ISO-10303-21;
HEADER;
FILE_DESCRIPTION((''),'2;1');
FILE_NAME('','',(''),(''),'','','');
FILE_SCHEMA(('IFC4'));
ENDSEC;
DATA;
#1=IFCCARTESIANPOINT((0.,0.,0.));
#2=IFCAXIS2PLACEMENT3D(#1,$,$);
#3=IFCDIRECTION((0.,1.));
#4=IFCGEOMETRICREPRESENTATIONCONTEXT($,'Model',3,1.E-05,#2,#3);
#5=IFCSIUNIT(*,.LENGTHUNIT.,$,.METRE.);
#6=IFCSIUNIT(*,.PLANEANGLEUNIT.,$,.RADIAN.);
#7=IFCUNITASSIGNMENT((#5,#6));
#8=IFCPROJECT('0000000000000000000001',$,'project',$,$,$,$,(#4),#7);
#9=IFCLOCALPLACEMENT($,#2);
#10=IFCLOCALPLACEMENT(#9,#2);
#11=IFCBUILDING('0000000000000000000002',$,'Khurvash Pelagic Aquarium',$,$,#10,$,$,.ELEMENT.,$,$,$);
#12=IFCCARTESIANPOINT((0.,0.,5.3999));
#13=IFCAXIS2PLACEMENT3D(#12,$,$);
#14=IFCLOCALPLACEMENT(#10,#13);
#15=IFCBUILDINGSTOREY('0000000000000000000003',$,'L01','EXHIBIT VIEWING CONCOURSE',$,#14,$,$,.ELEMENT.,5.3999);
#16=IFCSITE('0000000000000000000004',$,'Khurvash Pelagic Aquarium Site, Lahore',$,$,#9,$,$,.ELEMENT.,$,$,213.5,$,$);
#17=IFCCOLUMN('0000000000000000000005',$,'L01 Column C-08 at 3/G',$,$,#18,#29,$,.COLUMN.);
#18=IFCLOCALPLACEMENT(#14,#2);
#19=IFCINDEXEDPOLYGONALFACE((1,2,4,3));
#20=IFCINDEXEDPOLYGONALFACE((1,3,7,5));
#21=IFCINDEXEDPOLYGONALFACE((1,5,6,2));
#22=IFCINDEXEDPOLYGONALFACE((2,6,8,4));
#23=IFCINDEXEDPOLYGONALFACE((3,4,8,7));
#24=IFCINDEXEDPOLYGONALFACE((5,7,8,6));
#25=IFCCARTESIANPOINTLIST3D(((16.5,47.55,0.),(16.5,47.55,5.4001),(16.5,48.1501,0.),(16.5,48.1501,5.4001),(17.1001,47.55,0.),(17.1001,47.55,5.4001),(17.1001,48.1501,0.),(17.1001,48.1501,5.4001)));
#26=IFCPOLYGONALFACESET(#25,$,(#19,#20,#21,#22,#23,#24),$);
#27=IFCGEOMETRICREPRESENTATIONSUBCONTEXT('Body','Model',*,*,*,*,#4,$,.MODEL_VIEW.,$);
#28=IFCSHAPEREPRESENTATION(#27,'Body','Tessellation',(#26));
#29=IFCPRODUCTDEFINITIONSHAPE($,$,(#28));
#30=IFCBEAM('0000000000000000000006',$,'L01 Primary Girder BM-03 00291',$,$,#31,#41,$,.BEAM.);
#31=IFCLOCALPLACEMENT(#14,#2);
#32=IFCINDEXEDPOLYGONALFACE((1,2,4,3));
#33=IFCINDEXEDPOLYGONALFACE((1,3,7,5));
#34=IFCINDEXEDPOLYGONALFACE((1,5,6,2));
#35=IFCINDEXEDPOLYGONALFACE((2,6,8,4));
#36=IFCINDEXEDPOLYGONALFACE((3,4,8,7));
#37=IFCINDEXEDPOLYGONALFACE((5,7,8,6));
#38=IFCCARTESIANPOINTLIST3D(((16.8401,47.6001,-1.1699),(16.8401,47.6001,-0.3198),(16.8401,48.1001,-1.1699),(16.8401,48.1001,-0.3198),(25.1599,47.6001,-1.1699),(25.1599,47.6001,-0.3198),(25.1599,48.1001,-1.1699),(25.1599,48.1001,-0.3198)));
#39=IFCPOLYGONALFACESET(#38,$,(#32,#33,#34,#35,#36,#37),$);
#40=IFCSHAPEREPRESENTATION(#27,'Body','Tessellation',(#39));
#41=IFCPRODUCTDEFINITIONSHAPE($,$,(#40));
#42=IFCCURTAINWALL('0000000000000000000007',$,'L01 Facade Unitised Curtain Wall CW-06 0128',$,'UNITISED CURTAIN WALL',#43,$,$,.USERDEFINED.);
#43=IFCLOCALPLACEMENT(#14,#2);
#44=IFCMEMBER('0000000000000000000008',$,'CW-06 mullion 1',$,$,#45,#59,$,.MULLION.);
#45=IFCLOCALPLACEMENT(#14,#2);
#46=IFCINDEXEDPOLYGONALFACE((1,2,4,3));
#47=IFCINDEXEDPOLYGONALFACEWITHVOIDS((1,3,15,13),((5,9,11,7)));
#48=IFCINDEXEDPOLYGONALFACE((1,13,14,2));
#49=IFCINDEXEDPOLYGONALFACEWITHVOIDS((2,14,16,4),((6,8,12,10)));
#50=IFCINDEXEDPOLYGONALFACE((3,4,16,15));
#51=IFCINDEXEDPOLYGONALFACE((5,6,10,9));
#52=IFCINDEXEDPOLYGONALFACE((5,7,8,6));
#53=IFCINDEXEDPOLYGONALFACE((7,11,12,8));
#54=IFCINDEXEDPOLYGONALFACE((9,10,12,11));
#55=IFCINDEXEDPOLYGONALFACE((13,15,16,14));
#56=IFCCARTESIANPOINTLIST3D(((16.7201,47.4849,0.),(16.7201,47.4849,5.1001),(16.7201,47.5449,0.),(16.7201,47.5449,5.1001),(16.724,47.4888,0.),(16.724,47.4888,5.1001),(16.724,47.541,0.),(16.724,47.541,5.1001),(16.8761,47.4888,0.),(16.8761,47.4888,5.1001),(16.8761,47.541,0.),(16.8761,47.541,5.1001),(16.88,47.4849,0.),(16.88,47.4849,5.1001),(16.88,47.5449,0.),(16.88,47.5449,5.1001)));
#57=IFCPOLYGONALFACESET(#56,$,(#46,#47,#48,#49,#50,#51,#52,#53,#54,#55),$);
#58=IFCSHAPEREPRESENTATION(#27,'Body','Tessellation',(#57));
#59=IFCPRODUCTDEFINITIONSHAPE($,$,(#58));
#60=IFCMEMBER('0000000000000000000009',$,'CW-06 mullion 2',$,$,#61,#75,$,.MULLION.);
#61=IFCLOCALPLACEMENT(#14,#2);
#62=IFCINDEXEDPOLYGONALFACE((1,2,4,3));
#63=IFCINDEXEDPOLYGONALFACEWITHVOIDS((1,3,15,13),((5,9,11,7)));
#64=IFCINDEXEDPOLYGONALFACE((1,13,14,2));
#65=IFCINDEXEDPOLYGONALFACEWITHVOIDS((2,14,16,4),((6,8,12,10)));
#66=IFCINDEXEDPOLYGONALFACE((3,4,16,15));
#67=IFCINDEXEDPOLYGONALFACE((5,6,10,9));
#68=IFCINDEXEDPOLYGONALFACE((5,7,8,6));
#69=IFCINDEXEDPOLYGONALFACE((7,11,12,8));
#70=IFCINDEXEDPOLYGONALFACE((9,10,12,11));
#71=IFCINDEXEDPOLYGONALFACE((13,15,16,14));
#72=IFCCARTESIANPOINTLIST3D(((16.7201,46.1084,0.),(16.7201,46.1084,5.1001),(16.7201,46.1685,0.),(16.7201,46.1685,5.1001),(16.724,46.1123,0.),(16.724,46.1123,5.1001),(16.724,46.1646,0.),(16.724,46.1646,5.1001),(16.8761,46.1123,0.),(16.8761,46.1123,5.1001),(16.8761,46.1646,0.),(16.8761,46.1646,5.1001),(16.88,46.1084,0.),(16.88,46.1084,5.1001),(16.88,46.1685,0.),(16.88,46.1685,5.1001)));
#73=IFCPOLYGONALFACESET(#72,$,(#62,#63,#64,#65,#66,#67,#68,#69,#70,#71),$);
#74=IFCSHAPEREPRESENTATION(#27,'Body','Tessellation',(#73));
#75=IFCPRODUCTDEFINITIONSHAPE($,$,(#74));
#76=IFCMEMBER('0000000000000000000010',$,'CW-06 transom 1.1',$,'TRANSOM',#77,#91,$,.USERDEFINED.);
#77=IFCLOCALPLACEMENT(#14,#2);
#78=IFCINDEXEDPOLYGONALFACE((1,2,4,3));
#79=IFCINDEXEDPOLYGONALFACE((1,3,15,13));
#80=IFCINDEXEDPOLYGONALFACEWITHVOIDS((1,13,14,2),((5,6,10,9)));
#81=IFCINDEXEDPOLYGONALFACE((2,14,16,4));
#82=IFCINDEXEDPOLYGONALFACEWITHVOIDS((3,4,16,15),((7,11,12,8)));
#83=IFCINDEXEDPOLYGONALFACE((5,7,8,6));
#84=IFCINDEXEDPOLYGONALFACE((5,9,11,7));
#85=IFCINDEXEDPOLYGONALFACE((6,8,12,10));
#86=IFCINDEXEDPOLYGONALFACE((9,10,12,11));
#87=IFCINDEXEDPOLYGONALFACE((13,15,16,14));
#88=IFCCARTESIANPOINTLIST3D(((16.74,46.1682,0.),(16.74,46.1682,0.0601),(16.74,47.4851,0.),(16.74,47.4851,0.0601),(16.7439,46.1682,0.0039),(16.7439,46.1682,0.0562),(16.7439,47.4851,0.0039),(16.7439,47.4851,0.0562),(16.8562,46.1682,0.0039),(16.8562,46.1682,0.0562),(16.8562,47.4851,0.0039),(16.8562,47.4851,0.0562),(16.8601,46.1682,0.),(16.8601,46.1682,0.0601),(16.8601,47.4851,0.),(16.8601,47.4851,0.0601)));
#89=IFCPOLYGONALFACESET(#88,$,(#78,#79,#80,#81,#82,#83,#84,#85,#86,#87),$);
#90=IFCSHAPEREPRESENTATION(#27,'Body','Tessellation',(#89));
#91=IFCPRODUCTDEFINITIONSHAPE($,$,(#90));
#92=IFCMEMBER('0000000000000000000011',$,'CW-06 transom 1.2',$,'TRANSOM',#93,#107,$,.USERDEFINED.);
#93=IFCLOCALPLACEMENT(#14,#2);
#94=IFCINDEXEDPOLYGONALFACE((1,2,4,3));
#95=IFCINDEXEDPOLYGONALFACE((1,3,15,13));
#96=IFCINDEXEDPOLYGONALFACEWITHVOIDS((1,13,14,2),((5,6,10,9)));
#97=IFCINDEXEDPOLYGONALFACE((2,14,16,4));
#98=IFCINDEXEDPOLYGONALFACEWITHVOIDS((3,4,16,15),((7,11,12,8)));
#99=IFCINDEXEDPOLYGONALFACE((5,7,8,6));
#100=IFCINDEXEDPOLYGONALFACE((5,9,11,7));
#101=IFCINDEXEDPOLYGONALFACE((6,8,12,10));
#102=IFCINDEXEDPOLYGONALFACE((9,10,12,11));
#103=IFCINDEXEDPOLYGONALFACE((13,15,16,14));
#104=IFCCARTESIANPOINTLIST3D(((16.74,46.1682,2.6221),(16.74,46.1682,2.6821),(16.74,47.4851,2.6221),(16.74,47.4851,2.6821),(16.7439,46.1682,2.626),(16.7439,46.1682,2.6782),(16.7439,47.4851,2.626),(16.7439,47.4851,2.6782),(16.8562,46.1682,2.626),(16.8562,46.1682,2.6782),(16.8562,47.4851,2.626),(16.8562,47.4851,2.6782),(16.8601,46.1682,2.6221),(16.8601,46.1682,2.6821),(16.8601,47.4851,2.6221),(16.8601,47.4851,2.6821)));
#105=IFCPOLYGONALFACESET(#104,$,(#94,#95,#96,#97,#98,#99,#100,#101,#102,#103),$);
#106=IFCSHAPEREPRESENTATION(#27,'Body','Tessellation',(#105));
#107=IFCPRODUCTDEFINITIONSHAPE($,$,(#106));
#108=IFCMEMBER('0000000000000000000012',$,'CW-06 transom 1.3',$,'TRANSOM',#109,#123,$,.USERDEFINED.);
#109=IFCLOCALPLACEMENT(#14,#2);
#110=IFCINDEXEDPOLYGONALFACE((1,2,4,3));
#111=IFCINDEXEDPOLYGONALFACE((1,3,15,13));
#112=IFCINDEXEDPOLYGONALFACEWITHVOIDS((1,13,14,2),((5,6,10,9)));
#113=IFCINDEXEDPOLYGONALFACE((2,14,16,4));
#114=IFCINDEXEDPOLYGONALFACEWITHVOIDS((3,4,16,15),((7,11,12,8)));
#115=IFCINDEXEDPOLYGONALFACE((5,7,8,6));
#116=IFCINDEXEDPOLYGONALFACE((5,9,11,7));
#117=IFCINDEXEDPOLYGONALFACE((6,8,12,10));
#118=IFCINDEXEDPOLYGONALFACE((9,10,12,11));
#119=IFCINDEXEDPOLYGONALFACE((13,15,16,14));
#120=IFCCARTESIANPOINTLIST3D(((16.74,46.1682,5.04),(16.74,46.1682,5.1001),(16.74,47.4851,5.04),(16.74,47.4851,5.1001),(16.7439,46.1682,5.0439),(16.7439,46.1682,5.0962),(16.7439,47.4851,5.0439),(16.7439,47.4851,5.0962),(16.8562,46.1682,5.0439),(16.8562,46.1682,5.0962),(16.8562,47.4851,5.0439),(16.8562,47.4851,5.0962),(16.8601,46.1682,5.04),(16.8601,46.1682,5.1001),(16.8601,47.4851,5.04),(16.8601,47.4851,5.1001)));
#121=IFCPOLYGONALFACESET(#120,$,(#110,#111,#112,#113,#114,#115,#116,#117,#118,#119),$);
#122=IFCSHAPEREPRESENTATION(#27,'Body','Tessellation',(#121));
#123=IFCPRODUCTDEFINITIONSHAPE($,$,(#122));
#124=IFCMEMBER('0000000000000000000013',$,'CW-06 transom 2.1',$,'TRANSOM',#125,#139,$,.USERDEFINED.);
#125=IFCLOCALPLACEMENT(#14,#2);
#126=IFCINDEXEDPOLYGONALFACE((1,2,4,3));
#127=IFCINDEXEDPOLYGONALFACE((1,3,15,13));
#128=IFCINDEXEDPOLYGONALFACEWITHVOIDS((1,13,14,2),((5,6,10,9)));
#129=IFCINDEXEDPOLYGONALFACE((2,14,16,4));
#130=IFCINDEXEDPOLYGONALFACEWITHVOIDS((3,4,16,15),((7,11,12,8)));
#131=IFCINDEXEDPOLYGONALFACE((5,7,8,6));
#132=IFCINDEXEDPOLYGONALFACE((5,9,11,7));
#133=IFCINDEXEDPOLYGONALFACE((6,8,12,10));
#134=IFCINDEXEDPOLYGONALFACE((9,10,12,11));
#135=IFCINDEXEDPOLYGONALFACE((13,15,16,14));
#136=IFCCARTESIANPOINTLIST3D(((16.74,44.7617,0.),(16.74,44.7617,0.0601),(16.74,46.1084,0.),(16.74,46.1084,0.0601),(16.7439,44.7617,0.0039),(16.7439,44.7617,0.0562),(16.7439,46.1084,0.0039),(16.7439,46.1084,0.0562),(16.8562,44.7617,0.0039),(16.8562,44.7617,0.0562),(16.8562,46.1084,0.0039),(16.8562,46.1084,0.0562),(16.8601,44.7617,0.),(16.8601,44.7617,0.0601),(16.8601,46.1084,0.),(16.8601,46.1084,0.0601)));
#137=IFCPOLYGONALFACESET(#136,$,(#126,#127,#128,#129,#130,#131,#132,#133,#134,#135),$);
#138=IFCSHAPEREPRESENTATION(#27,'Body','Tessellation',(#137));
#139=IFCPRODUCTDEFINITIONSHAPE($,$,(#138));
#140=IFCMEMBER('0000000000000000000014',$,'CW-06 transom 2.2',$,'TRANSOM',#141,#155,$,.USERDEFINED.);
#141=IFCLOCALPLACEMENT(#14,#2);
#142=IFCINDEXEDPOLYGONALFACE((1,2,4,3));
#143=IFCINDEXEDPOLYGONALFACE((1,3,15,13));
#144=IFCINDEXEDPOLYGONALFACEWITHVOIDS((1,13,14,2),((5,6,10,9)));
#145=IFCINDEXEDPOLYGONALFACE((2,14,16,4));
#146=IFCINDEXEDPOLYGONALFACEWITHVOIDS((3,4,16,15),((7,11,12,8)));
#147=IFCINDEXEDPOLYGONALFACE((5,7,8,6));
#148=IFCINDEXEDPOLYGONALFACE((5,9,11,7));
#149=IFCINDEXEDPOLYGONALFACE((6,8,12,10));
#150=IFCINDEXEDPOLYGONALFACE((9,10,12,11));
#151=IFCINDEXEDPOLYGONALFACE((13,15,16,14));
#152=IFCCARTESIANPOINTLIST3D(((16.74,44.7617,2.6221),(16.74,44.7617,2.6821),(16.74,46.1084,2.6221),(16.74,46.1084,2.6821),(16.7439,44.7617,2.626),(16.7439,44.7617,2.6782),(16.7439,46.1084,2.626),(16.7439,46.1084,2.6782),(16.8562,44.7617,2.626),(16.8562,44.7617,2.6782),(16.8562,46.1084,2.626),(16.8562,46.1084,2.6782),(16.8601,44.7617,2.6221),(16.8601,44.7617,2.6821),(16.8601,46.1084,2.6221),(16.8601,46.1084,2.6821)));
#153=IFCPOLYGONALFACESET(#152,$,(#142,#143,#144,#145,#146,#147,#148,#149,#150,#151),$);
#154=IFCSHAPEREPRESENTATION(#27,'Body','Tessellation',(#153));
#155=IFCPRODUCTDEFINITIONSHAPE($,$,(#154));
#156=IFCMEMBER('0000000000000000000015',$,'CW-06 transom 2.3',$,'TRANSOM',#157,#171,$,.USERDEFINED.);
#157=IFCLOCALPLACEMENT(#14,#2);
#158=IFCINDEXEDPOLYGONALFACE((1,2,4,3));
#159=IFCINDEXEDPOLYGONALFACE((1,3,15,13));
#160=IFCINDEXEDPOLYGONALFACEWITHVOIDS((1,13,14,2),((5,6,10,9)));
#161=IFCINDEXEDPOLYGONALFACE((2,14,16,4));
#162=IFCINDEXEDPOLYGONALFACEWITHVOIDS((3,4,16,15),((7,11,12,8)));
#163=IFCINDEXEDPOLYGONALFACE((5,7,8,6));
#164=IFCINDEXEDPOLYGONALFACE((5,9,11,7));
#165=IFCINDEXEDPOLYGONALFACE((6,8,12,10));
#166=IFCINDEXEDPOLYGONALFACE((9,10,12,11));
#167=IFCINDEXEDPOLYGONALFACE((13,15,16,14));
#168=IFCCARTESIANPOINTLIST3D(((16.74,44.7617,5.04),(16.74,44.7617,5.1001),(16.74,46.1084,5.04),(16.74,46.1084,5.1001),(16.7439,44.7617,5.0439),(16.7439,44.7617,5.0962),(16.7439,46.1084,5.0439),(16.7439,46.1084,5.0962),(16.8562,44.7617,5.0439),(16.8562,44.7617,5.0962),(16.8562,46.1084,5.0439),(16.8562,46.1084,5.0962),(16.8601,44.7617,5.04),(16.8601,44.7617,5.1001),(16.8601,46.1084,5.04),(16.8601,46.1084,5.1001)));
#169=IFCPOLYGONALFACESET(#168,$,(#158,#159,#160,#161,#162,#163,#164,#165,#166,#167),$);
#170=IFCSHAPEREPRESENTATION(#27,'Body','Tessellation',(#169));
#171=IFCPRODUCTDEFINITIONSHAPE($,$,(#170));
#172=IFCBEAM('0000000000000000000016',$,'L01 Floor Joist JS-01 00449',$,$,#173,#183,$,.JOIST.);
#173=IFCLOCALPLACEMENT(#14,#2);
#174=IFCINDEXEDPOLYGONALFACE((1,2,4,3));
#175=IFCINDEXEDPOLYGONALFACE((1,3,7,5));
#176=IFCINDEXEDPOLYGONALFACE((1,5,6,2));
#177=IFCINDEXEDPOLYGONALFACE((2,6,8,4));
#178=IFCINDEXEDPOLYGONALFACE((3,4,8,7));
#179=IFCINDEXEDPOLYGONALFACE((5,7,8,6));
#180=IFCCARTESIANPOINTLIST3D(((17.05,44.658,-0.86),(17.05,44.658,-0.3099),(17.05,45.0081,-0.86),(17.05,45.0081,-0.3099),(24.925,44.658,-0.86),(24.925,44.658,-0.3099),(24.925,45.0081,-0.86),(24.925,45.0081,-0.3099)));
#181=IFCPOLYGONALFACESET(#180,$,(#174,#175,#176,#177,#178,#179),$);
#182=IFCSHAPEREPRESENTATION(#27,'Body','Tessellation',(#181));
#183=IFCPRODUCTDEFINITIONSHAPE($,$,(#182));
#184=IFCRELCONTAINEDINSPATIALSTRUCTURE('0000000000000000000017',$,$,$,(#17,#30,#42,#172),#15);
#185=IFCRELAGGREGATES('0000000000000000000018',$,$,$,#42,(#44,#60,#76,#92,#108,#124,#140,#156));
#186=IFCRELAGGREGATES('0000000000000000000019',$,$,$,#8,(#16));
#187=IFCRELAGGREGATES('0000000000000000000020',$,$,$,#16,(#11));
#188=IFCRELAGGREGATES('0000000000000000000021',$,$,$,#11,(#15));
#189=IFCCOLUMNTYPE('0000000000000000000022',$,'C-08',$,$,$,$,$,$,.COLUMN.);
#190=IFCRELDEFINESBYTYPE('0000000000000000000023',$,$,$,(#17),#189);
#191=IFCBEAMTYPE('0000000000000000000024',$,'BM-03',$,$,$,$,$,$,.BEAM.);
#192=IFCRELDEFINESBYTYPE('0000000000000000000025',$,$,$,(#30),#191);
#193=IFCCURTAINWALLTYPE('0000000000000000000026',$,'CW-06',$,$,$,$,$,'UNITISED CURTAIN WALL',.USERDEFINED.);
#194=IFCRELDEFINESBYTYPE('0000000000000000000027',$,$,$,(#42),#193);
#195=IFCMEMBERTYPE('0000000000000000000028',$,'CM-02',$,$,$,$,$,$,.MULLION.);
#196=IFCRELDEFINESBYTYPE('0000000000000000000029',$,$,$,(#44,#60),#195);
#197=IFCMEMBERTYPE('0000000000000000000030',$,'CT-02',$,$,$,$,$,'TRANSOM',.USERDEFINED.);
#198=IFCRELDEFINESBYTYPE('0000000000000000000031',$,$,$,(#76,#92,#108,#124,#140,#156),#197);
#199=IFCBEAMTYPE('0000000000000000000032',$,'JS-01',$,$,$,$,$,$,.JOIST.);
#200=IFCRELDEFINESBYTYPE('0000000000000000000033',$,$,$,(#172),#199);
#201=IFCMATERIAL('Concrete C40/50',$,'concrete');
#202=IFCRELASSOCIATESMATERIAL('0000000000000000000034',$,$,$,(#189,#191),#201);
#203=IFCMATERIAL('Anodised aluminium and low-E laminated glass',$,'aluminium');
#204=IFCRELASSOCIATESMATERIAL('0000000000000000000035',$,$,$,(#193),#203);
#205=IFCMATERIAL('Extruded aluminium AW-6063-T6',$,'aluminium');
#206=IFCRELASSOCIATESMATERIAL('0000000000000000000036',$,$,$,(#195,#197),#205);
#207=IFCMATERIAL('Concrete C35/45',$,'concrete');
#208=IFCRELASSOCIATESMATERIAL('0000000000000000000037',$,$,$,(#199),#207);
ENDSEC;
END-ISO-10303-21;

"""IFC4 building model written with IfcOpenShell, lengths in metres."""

from ifc_helpers import new_model, si_unit, direction, frame, origin, origin_2d, place, context, subcontext, project, spatial, rectangle, hollow_rectangle, extrude, material, material_profile, profile_set, type_object, element, aggregate, save


model = new_model("IFC4")

# Units and contexts
model_context = context("Model", 3, precision=1e-05, world=origin(), true_north=direction((0.0, 1.0)))
body_context = subcontext(model_context, "Body", "Model", "MODEL_VIEW")
ifc_project = project(units=[si_unit("LENGTHUNIT", "METRE"), si_unit("PLANEANGLEUNIT", "RADIAN")], contexts=[model_context])

# Site, building, storey
site_placement = place(None, origin())
site = spatial("IfcSite", under=ifc_project, at=site_placement, Name="Khurvash Pelagic Aquarium Site, Lahore", CompositionType="ELEMENT", RefElevation=213.5)
building_placement = place(site_placement, origin())
building = spatial("IfcBuilding", under=site, at=building_placement, Name="Khurvash Pelagic Aquarium", CompositionType="ELEMENT")
storey_placement = place(building_placement, frame((0.0, 0.0, 5.3999)))
storey = spatial("IfcBuildingStorey", under=building, at=storey_placement, Name="L01", Description="EXHIBIT VIEWING CONCOURSE", CompositionType="ELEMENT", Elevation=5.3999)

# Column
ifc_material_1 = material(Name="Concrete C40/50", Category="concrete")
ifc_material_profile_1 = material_profile(ifc_material_1, rectangle(XDim=0.6001, YDim=0.6001, at=origin_2d()), Name="RC600X600")
ifc_profile_set_1 = profile_set([ifc_material_profile_1], Name="Concrete C40/50")
column_type = type_object("IfcColumnType", Name="C-08", PredefinedType="COLUMN", material=ifc_profile_set_1)
column_placement = place(storey_placement, frame((16.8, 47.8501, 0.0), z_axis=(0.0, 0.0, 1.0), x_axis=(1.0, 0.0, 0.0)))
element("IfcColumn", 1, at=column_placement, inside=storey, type_object=column_type, Name="L01 Column C-08 at 3/G", PredefinedType="COLUMN", context=body_context, shape_type="SweptSolid", body=[
    extrude(rectangle(XDim=0.6001, YDim=0.6001, at=origin_2d()), origin(), (0.0, 0.0, 1.0), 5.4001),
])

# Beam
ifc_material_profile_2 = material_profile(ifc_material_1, rectangle(XDim=0.5, YDim=0.8501, at=origin_2d()), Name="RC500X850")
ifc_profile_set_2 = profile_set([ifc_material_profile_2], Name="Concrete C40/50")
beam_type_1 = type_object("IfcBeamType", Name="BM-03", PredefinedType="BEAM", material=ifc_profile_set_2)
beam_1_placement = place(storey_placement, frame((16.8401, 47.8501, -0.7449), z_axis=(1.0, 0.0, 0.0), x_axis=(0.0, 1.0, 0.0)))
element("IfcBeam", 2, at=beam_1_placement, inside=storey, type_object=beam_type_1, Name="L01 Primary Girder BM-03 00291", PredefinedType="BEAM", context=body_context, shape_type="SweptSolid", body=[
    extrude(rectangle(XDim=0.5, YDim=0.8501, at=origin_2d()), origin(), (0.0, 0.0, 1.0), 8.3198),
])

# Curtain wall, members
ifc_material_2 = material(Name="Anodised aluminium and low-E laminated glass", Category="aluminium")
curtain_wall_type = type_object("IfcCurtainWallType", Name="CW-06", ElementType="UNITISED CURTAIN WALL", PredefinedType="USERDEFINED", material=ifc_material_2)
curtain_wall_placement = place(storey_placement, origin())
curtain_wall = element("IfcCurtainWall", 3, at=curtain_wall_placement, inside=storey, type_object=curtain_wall_type, Name="L01 Facade Unitised Curtain Wall CW-06 0128", ObjectType="UNITISED CURTAIN WALL", PredefinedType="USERDEFINED")
ifc_material_3 = material(Name="Extruded aluminium AW-6063-T6", Category="aluminium")
ifc_material_profile_3 = material_profile(ifc_material_3, hollow_rectangle(XDim=0.0601, YDim=0.1599, WallThickness=0.0039, at=origin_2d()), Name="CWM60X160X4")
ifc_profile_set_3 = profile_set([ifc_material_profile_3], Name="Extruded aluminium AW-6063-T6")
member_type_1 = type_object("IfcMemberType", Name="CM-02", PredefinedType="MULLION", material=ifc_profile_set_3)
member_1_placement = place(storey_placement, frame((16.8, 47.5149, 0.0), z_axis=(0.0, 0.0, 1.0), x_axis=(0.0, -1.0, 0.0)))
member_1 = element("IfcMember", 4, at=member_1_placement, type_object=member_type_1, Name="CW-06 mullion 1", PredefinedType="MULLION", context=body_context, shape_type="SweptSolid", body=[
    extrude(hollow_rectangle(XDim=0.0601, YDim=0.1599, WallThickness=0.0039, at=origin_2d()), origin(), (0.0, 0.0, 1.0), 5.1001),
])
member_2_placement = place(storey_placement, frame((16.8, 46.1384, 0.0), z_axis=(0.0, 0.0, 1.0), x_axis=(0.0, -1.0, 0.0)))
member_2 = element("IfcMember", 5, at=member_2_placement, type_object=member_type_1, Name="CW-06 mullion 2", PredefinedType="MULLION", context=body_context, shape_type="SweptSolid", body=[
    extrude(hollow_rectangle(XDim=0.0601, YDim=0.1599, WallThickness=0.0039, at=origin_2d()), origin(), (0.0, 0.0, 1.0), 5.1001),
])
ifc_material_profile_4 = material_profile(ifc_material_3, hollow_rectangle(XDim=0.1201, YDim=0.0601, WallThickness=0.0039, at=origin_2d()), Name="CWT120X60X4")
ifc_profile_set_4 = profile_set([ifc_material_profile_4], Name="Extruded aluminium AW-6063-T6")
member_type_2 = type_object("IfcMemberType", Name="CT-02", ElementType="TRANSOM", PredefinedType="USERDEFINED", material=ifc_profile_set_4)
member_3_placement = place(storey_placement, frame((16.8, 47.4851, 0.03), z_axis=(0.0, -1.0, 0.0), x_axis=(1.0, 0.0, 0.0)))
member_3 = element("IfcMember", 6, at=member_3_placement, type_object=member_type_2, Name="CW-06 transom 1.1", ObjectType="TRANSOM", PredefinedType="USERDEFINED", context=body_context, shape_type="SweptSolid", body=[
    extrude(hollow_rectangle(XDim=0.1201, YDim=0.0601, WallThickness=0.0039, at=origin_2d()), origin(), (0.0, 0.0, 1.0), 1.3169),
])
member_4_placement = place(storey_placement, frame((16.8, 47.4851, 2.6521), z_axis=(0.0, -1.0, 0.0), x_axis=(1.0, 0.0, 0.0)))
member_4 = element("IfcMember", 7, at=member_4_placement, type_object=member_type_2, Name="CW-06 transom 1.2", ObjectType="TRANSOM", PredefinedType="USERDEFINED", context=body_context, shape_type="SweptSolid", body=[
    extrude(hollow_rectangle(XDim=0.1201, YDim=0.0601, WallThickness=0.0039, at=origin_2d()), origin(), (0.0, 0.0, 1.0), 1.3169),
])
member_5_placement = place(storey_placement, frame((16.8, 47.4851, 5.0701), z_axis=(0.0, -1.0, 0.0), x_axis=(1.0, 0.0, 0.0)))
member_5 = element("IfcMember", 8, at=member_5_placement, type_object=member_type_2, Name="CW-06 transom 1.3", ObjectType="TRANSOM", PredefinedType="USERDEFINED", context=body_context, shape_type="SweptSolid", body=[
    extrude(hollow_rectangle(XDim=0.1201, YDim=0.0601, WallThickness=0.0039, at=origin_2d()), origin(), (0.0, 0.0, 1.0), 1.3169),
])
member_6_placement = place(storey_placement, frame((16.8, 46.1084, 0.03), z_axis=(0.0, -1.0, 0.0), x_axis=(1.0, 0.0, 0.0)))
member_6 = element("IfcMember", 9, at=member_6_placement, type_object=member_type_2, Name="CW-06 transom 2.1", ObjectType="TRANSOM", PredefinedType="USERDEFINED", context=body_context, shape_type="SweptSolid", body=[
    extrude(hollow_rectangle(XDim=0.1201, YDim=0.0601, WallThickness=0.0039, at=origin_2d()), origin(), (0.0, 0.0, 1.0), 1.3467),
])
member_7_placement = place(storey_placement, frame((16.8, 46.1084, 2.6521), z_axis=(0.0, -1.0, 0.0), x_axis=(1.0, 0.0, 0.0)))
member_7 = element("IfcMember", 10, at=member_7_placement, type_object=member_type_2, Name="CW-06 transom 2.2", ObjectType="TRANSOM", PredefinedType="USERDEFINED", context=body_context, shape_type="SweptSolid", body=[
    extrude(hollow_rectangle(XDim=0.1201, YDim=0.0601, WallThickness=0.0039, at=origin_2d()), origin(), (0.0, 0.0, 1.0), 1.3467),
])
member_8_placement = place(storey_placement, frame((16.8, 46.1084, 5.0701), z_axis=(0.0, -1.0, 0.0), x_axis=(1.0, 0.0, 0.0)))
member_8 = element("IfcMember", 11, at=member_8_placement, type_object=member_type_2, Name="CW-06 transom 2.3", ObjectType="TRANSOM", PredefinedType="USERDEFINED", context=body_context, shape_type="SweptSolid", body=[
    extrude(hollow_rectangle(XDim=0.1201, YDim=0.0601, WallThickness=0.0039, at=origin_2d()), origin(), (0.0, 0.0, 1.0), 1.3467),
])

# Beam
ifc_material_4 = material(Name="Concrete C35/45", Category="concrete")
ifc_material_profile_5 = material_profile(ifc_material_4, rectangle(XDim=0.3501, YDim=0.55, at=origin_2d()), Name="RC350X550")
ifc_profile_set_5 = profile_set([ifc_material_profile_5], Name="Concrete C35/45")
beam_type_2 = type_object("IfcBeamType", Name="JS-01", PredefinedType="JOIST", material=ifc_profile_set_5)
for number, where, z_axis, x_axis, name in (
    (12, (17.05, 44.833, -0.585), (1.0, 0.0, 0.0), (0.0, 1.0, 0.0), "L01 Floor Joist JS-01 00449"),
):
    element("IfcBeam", number, at=place(storey_placement, frame(where, z_axis=z_axis, x_axis=x_axis)), inside=storey, type_object=beam_type_2, Name=name, PredefinedType="JOIST", context=body_context, shape_type="SweptSolid", body=[
        extrude(rectangle(XDim=0.3501, YDim=0.55, at=origin_2d()), origin(), (0.0, 0.0, 1.0), 7.875),
    ])

aggregate(curtain_wall, [member_1, member_2, member_3, member_4, member_5, member_6, member_7, member_8])

save(model, "model.ifc")
